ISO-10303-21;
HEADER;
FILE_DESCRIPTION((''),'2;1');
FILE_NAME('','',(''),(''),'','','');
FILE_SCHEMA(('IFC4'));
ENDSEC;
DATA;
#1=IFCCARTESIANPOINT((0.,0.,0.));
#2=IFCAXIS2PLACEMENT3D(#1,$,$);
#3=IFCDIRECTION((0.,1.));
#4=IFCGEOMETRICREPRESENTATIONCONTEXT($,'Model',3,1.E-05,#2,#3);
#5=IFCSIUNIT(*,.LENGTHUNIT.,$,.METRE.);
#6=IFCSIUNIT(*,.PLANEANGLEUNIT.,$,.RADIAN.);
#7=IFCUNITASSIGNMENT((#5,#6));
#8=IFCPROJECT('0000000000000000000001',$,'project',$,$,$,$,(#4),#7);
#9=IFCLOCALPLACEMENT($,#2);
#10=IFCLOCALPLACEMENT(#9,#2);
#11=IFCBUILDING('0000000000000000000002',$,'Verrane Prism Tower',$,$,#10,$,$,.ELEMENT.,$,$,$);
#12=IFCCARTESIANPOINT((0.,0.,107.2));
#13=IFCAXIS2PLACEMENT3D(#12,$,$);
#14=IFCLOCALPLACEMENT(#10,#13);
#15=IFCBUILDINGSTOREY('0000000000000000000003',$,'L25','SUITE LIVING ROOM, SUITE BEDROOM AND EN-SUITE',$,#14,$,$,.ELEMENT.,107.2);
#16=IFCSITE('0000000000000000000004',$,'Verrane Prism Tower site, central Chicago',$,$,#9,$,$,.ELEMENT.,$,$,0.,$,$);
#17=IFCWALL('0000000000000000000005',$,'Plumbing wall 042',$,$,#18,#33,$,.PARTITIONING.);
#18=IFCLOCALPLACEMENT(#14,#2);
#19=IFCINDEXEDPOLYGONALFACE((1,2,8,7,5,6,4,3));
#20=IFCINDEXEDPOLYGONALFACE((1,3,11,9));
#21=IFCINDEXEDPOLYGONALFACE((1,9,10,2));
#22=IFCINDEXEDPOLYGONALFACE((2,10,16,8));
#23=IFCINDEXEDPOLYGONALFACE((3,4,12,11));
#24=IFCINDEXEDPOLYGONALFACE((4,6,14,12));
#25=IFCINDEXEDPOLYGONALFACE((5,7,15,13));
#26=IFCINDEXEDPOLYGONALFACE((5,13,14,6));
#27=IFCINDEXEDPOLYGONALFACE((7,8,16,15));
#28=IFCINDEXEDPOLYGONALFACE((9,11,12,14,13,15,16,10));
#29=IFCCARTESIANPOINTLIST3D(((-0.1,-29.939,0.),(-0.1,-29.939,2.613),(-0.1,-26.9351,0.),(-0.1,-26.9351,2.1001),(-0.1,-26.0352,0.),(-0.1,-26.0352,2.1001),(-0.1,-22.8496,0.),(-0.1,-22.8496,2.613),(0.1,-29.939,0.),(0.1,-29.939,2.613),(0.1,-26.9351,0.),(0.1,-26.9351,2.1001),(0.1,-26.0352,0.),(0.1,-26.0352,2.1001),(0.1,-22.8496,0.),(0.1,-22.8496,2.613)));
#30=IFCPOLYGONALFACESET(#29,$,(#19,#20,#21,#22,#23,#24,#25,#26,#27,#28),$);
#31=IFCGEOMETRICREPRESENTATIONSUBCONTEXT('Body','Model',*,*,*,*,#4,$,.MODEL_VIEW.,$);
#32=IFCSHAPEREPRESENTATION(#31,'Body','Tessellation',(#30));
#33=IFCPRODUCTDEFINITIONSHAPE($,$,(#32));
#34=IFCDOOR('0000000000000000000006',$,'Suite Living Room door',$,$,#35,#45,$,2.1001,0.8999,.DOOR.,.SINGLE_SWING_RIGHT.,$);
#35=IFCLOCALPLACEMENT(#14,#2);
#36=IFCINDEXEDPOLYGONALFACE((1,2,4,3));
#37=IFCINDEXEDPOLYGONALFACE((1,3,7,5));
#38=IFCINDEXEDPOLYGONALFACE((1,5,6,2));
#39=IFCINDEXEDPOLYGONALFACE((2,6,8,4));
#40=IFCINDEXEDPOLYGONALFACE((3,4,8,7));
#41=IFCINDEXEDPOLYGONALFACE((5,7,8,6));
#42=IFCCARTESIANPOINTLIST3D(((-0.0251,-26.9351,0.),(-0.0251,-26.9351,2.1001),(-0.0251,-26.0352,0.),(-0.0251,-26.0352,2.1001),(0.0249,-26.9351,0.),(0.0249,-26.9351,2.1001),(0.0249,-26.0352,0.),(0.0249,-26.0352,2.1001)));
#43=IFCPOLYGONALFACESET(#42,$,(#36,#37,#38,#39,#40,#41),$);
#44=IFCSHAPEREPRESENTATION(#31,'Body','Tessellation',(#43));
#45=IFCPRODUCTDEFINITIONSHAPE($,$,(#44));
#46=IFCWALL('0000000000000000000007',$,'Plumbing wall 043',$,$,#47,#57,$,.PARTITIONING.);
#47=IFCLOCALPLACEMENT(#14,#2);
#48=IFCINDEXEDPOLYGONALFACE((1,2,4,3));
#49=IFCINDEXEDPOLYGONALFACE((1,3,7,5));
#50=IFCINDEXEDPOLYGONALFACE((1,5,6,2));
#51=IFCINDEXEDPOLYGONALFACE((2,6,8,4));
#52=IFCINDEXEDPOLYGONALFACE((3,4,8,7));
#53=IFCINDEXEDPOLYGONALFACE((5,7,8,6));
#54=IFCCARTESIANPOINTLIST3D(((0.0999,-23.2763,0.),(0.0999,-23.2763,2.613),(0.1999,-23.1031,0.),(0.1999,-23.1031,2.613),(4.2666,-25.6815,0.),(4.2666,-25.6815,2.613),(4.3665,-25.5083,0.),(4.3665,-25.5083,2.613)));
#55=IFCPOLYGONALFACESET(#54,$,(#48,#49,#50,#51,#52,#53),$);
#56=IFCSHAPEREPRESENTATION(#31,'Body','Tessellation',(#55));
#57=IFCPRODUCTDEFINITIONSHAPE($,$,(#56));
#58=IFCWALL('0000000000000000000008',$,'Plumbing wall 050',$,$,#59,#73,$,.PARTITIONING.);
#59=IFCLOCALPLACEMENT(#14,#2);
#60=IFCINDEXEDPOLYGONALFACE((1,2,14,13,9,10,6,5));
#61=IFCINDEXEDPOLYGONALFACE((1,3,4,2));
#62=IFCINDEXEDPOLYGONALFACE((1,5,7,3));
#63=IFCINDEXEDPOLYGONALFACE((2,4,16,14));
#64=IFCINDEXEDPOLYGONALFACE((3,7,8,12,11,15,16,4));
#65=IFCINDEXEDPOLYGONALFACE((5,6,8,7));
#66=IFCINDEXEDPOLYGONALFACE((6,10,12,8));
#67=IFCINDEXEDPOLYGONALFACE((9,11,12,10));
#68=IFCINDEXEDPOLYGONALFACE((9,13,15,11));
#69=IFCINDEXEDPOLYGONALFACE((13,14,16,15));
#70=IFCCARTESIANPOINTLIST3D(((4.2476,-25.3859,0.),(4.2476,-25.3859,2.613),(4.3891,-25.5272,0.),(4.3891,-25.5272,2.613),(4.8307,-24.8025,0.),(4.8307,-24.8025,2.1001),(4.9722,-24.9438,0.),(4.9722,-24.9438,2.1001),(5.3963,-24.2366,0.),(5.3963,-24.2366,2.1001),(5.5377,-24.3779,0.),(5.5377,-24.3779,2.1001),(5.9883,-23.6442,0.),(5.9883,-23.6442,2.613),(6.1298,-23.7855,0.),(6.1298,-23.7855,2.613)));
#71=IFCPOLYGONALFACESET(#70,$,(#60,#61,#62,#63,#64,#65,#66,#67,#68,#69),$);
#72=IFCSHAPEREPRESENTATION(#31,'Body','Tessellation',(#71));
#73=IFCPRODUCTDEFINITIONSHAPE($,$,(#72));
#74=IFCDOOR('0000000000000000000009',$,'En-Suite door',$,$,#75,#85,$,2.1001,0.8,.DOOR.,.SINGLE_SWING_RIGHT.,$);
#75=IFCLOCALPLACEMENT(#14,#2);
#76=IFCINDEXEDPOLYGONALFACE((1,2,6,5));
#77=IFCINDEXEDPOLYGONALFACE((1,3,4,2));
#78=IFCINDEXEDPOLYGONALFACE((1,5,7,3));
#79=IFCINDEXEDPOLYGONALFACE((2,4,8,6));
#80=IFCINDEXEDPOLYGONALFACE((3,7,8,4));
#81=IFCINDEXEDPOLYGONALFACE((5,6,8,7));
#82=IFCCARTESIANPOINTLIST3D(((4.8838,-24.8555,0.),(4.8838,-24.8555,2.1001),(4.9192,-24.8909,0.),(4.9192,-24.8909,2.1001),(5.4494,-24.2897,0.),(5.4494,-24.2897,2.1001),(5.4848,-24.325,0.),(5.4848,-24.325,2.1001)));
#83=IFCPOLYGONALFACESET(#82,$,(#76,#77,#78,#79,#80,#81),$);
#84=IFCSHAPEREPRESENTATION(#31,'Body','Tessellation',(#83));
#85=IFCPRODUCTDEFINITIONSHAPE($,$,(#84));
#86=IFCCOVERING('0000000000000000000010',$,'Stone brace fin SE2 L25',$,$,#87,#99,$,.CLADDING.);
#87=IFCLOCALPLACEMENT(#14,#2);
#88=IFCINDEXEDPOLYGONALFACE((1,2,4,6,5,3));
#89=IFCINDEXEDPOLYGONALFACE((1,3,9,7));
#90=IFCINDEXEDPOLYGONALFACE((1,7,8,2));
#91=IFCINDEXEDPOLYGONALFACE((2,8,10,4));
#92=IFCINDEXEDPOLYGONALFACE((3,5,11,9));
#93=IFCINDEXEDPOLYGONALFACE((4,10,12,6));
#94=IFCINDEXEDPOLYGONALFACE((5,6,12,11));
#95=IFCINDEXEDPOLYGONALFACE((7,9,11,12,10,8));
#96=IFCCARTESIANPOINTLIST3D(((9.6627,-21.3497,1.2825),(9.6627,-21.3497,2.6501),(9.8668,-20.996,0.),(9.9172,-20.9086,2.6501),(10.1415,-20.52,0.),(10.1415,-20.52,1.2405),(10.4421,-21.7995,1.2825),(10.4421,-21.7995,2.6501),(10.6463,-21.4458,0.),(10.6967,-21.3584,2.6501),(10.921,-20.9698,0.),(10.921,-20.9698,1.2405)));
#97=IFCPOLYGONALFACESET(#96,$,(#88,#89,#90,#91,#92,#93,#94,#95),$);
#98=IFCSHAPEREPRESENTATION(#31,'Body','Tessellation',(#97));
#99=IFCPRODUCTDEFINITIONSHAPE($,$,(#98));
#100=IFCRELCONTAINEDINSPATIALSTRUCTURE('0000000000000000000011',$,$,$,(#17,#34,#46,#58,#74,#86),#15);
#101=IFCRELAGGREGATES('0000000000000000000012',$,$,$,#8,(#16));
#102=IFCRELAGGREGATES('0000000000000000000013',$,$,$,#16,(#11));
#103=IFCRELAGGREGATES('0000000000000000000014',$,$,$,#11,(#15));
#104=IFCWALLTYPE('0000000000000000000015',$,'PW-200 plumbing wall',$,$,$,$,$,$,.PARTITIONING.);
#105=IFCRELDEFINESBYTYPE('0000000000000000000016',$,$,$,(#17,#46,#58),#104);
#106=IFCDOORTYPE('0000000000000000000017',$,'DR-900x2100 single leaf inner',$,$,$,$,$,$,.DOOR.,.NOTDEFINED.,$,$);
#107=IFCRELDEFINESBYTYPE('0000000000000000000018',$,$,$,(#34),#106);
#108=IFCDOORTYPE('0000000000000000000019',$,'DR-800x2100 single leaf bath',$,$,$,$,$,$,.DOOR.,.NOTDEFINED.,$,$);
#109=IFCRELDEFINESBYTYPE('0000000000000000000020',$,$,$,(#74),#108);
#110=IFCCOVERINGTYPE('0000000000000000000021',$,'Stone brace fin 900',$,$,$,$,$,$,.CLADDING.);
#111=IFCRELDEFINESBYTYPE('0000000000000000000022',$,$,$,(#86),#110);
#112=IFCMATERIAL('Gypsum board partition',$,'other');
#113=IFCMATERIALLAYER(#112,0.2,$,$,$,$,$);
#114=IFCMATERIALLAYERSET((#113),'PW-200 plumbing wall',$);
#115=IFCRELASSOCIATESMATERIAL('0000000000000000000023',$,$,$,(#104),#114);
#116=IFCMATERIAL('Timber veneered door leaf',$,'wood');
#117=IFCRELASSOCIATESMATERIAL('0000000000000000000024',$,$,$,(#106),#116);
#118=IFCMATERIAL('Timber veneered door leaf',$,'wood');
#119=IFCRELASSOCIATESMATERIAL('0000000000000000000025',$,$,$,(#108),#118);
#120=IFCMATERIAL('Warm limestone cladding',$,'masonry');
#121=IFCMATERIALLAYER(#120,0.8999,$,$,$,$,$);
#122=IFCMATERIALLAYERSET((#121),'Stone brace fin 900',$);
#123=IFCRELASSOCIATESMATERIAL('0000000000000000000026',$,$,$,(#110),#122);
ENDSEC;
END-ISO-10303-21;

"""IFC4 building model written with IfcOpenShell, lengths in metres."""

from ifc_helpers import new_model, si_unit, direction, frame, frame_2d, origin, place, context, subcontext, project, spatial, polyline, rectangle, outline, extrude, material, layer, layer_set, type_object, element, fill, save


model = new_model("IFC4")

# Units and contexts
model_context = context("Model", 3, precision=1e-05, world=origin(), true_north=direction((0.0, 1.0)))
body_context = subcontext(model_context, "Body", "Model", "MODEL_VIEW")
ifc_project = project(units=[si_unit("LENGTHUNIT", "METRE"), si_unit("PLANEANGLEUNIT", "RADIAN")], contexts=[model_context])

# Site, building, storey
site_placement = place(None, origin())
site = spatial("IfcSite", under=ifc_project, at=site_placement, Name="Verrane Prism Tower site, central Chicago", CompositionType="ELEMENT", RefElevation=0.0)
building_placement = place(site_placement, origin())
building = spatial("IfcBuilding", under=site, at=building_placement, Name="Verrane Prism Tower", CompositionType="ELEMENT")
storey_placement = place(building_placement, frame((0.0, 0.0, 107.2)))
storey = spatial("IfcBuildingStorey", under=building, at=storey_placement, Name="L25", Description="SUITE LIVING ROOM, SUITE BEDROOM AND EN-SUITE", CompositionType="ELEMENT", Elevation=107.2)

# Wall, opening, door
ifc_material_1 = material(Name="Gypsum board partition", Category="other")
ifc_layer_1 = layer(ifc_material_1, 0.2)
ifc_layer_set_1 = layer_set([ifc_layer_1], Name="PW-200 plumbing wall")
wall_type_1 = type_object("IfcWallType", Name="PW-200 plumbing wall", PredefinedType="PARTITIONING", material=ifc_layer_set_1)
wall_1_placement = place(storey_placement, frame((0.0, -22.8496, 0.0), z_axis=(0.0, 0.0, 1.0), x_axis=(0.0, -1.0, 0.0)))
wall_1 = element("IfcWall", 1, at=wall_1_placement, inside=storey, type_object=wall_type_1, Name="Plumbing wall 042", PredefinedType="PARTITIONING", context=body_context, shape_type="SweptSolid", body=[
    extrude(rectangle(XDim=7.0894, YDim=0.2, at=frame_2d((3.5447, 0.0))), origin(), (0.0, 0.0, 1.0), 2.613),
])
opening_1_placement = place(wall_1_placement, frame((3.1855, 0.0, 0.0)))
opening_1 = element("IfcOpeningElement", 2, at=opening_1_placement, cuts=wall_1, PredefinedType="OPENING", context=body_context, shape_type="SweptSolid", body=[
    extrude(rectangle(XDim=0.8999, YDim=2.1001, at=frame_2d((0.45, 1.05))), frame((0.0, 0.1099, 0.0), z_axis=(0.0, -1.0, 0.0), x_axis=(1.0, 0.0, 0.0)), (0.0, 0.0, 1.0), 0.22),
])
ifc_material_2 = material(Name="Timber veneered door leaf", Category="wood")
door_type_1 = type_object("IfcDoorType", Name="DR-900x2100 single leaf inner", OperationType="NOTDEFINED", PredefinedType="DOOR", material=ifc_material_2)
door_1_placement = place(opening_1_placement, origin())
door_1 = element("IfcDoor", 3, at=door_1_placement, inside=storey, type_object=door_type_1, Name="Suite Living Room door", OperationType="SINGLE_SWING_RIGHT", OverallHeight=2.1001, OverallWidth=0.8999, PredefinedType="DOOR", context=body_context, shape_type="SweptSolid", body=[
    extrude(rectangle(XDim=0.8999, YDim=2.1001, at=frame_2d((0.45, 1.05))), frame((0.0, 0.0249, 0.0), z_axis=(0.0, -1.0, 0.0), x_axis=(1.0, 0.0, 0.0)), (0.0, 0.0, 1.0), 0.05),
])
fill(opening_1, door_1)

# Wall
wall_2_placement = place(storey_placement, frame((0.1499, -23.1897, 0.0), z_axis=(0.0, 0.0, 1.0), x_axis=(0.866061, -0.499938, 0.0)))
element("IfcWall", 4, at=wall_2_placement, inside=storey, type_object=wall_type_1, Name="Plumbing wall 043", PredefinedType="PARTITIONING", context=body_context, shape_type="SweptSolid", body=[
    extrude(rectangle(XDim=4.811, YDim=0.2, at=frame_2d((2.4055, 0.0))), origin(), (0.0, 0.0, 1.0), 2.613),
])

# Wall, opening, door
wall_3_placement = place(storey_placement, frame((4.3184, -25.4565, 0.0), z_axis=(0.0, 0.0, 1.0), x_axis=(0.706908, 0.707305, 0.0)))
wall_3 = element("IfcWall", 5, at=wall_3_placement, inside=storey, type_object=wall_type_1, Name="Plumbing wall 050", PredefinedType="PARTITIONING", context=body_context, shape_type="SweptSolid", body=[
    extrude(rectangle(XDim=2.4624, YDim=0.2, at=frame_2d((1.2312, 0.0))), origin(), (0.0, 0.0, 1.0), 2.613),
])
opening_2_placement = place(wall_3_placement, frame((0.825, 0.0, 0.0)))
opening_2 = element("IfcOpeningElement", 6, at=opening_2_placement, cuts=wall_3, PredefinedType="OPENING", context=body_context, shape_type="SweptSolid", body=[
    extrude(rectangle(XDim=0.8, YDim=2.1001, at=frame_2d((0.3999, 1.05))), frame((0.0, 0.1099, 0.0), z_axis=(0.0, -1.0, 0.0), x_axis=(1.0, 0.0, 0.0)), (0.0, 0.0, 1.0), 0.22),
])
ifc_material_3 = material(Name="Timber veneered door leaf", Category="wood")
door_type_2 = type_object("IfcDoorType", Name="DR-800x2100 single leaf bath", OperationType="NOTDEFINED", PredefinedType="DOOR", material=ifc_material_3)
door_2_placement = place(opening_2_placement, origin())
door_2 = element("IfcDoor", 7, at=door_2_placement, inside=storey, type_object=door_type_2, Name="En-Suite door", OperationType="SINGLE_SWING_RIGHT", OverallHeight=2.1001, OverallWidth=0.8, PredefinedType="DOOR", context=body_context, shape_type="SweptSolid", body=[
    extrude(rectangle(XDim=0.8, YDim=2.1001, at=frame_2d((0.3999, 1.05))), frame((0.0, 0.0249, 0.0), z_axis=(0.0, -1.0, 0.0), x_axis=(1.0, 0.0, 0.0)), (0.0, 0.0, 1.0), 0.05),
])
fill(opening_2, door_2)

# Covering
ifc_material_4 = material(Name="Warm limestone cladding", Category="masonry")
ifc_layer_2 = layer(ifc_material_4, 0.8999)
ifc_layer_set_2 = layer_set([ifc_layer_2], Name="Stone brace fin 900")
covering_type = type_object("IfcCoveringType", Name="Stone brace fin 900", PredefinedType="CLADDING", material=ifc_layer_set_2)
covering_placement = place(storey_placement, frame((10.5312, -20.7449, 0.0), z_axis=(0.0, 0.0, 1.0), x_axis=(-0.49984, -0.866118, 0.0)))
element("IfcCovering", 8, at=covering_placement, inside=storey, type_object=covering_type, Name="Stone brace fin SE2 L25", PredefinedType="CLADDING", context=body_context, shape_type="SweptSolid", body=[
    extrude(outline(polyline([(0.958, 2.6501), (0.4487, 2.6501), (0.0, 1.2405), (0.0, 0.0), (0.5496, 0.0), (0.958, 1.2825), (0.958, 2.6501)])), frame((0.0, 0.45, 0.0), z_axis=(0.0, -1.0, 0.0), x_axis=(1.0, 0.0, 0.0)), (0.0, 0.0, 1.0), 0.8999),
])

save(model, "model.ifc")
